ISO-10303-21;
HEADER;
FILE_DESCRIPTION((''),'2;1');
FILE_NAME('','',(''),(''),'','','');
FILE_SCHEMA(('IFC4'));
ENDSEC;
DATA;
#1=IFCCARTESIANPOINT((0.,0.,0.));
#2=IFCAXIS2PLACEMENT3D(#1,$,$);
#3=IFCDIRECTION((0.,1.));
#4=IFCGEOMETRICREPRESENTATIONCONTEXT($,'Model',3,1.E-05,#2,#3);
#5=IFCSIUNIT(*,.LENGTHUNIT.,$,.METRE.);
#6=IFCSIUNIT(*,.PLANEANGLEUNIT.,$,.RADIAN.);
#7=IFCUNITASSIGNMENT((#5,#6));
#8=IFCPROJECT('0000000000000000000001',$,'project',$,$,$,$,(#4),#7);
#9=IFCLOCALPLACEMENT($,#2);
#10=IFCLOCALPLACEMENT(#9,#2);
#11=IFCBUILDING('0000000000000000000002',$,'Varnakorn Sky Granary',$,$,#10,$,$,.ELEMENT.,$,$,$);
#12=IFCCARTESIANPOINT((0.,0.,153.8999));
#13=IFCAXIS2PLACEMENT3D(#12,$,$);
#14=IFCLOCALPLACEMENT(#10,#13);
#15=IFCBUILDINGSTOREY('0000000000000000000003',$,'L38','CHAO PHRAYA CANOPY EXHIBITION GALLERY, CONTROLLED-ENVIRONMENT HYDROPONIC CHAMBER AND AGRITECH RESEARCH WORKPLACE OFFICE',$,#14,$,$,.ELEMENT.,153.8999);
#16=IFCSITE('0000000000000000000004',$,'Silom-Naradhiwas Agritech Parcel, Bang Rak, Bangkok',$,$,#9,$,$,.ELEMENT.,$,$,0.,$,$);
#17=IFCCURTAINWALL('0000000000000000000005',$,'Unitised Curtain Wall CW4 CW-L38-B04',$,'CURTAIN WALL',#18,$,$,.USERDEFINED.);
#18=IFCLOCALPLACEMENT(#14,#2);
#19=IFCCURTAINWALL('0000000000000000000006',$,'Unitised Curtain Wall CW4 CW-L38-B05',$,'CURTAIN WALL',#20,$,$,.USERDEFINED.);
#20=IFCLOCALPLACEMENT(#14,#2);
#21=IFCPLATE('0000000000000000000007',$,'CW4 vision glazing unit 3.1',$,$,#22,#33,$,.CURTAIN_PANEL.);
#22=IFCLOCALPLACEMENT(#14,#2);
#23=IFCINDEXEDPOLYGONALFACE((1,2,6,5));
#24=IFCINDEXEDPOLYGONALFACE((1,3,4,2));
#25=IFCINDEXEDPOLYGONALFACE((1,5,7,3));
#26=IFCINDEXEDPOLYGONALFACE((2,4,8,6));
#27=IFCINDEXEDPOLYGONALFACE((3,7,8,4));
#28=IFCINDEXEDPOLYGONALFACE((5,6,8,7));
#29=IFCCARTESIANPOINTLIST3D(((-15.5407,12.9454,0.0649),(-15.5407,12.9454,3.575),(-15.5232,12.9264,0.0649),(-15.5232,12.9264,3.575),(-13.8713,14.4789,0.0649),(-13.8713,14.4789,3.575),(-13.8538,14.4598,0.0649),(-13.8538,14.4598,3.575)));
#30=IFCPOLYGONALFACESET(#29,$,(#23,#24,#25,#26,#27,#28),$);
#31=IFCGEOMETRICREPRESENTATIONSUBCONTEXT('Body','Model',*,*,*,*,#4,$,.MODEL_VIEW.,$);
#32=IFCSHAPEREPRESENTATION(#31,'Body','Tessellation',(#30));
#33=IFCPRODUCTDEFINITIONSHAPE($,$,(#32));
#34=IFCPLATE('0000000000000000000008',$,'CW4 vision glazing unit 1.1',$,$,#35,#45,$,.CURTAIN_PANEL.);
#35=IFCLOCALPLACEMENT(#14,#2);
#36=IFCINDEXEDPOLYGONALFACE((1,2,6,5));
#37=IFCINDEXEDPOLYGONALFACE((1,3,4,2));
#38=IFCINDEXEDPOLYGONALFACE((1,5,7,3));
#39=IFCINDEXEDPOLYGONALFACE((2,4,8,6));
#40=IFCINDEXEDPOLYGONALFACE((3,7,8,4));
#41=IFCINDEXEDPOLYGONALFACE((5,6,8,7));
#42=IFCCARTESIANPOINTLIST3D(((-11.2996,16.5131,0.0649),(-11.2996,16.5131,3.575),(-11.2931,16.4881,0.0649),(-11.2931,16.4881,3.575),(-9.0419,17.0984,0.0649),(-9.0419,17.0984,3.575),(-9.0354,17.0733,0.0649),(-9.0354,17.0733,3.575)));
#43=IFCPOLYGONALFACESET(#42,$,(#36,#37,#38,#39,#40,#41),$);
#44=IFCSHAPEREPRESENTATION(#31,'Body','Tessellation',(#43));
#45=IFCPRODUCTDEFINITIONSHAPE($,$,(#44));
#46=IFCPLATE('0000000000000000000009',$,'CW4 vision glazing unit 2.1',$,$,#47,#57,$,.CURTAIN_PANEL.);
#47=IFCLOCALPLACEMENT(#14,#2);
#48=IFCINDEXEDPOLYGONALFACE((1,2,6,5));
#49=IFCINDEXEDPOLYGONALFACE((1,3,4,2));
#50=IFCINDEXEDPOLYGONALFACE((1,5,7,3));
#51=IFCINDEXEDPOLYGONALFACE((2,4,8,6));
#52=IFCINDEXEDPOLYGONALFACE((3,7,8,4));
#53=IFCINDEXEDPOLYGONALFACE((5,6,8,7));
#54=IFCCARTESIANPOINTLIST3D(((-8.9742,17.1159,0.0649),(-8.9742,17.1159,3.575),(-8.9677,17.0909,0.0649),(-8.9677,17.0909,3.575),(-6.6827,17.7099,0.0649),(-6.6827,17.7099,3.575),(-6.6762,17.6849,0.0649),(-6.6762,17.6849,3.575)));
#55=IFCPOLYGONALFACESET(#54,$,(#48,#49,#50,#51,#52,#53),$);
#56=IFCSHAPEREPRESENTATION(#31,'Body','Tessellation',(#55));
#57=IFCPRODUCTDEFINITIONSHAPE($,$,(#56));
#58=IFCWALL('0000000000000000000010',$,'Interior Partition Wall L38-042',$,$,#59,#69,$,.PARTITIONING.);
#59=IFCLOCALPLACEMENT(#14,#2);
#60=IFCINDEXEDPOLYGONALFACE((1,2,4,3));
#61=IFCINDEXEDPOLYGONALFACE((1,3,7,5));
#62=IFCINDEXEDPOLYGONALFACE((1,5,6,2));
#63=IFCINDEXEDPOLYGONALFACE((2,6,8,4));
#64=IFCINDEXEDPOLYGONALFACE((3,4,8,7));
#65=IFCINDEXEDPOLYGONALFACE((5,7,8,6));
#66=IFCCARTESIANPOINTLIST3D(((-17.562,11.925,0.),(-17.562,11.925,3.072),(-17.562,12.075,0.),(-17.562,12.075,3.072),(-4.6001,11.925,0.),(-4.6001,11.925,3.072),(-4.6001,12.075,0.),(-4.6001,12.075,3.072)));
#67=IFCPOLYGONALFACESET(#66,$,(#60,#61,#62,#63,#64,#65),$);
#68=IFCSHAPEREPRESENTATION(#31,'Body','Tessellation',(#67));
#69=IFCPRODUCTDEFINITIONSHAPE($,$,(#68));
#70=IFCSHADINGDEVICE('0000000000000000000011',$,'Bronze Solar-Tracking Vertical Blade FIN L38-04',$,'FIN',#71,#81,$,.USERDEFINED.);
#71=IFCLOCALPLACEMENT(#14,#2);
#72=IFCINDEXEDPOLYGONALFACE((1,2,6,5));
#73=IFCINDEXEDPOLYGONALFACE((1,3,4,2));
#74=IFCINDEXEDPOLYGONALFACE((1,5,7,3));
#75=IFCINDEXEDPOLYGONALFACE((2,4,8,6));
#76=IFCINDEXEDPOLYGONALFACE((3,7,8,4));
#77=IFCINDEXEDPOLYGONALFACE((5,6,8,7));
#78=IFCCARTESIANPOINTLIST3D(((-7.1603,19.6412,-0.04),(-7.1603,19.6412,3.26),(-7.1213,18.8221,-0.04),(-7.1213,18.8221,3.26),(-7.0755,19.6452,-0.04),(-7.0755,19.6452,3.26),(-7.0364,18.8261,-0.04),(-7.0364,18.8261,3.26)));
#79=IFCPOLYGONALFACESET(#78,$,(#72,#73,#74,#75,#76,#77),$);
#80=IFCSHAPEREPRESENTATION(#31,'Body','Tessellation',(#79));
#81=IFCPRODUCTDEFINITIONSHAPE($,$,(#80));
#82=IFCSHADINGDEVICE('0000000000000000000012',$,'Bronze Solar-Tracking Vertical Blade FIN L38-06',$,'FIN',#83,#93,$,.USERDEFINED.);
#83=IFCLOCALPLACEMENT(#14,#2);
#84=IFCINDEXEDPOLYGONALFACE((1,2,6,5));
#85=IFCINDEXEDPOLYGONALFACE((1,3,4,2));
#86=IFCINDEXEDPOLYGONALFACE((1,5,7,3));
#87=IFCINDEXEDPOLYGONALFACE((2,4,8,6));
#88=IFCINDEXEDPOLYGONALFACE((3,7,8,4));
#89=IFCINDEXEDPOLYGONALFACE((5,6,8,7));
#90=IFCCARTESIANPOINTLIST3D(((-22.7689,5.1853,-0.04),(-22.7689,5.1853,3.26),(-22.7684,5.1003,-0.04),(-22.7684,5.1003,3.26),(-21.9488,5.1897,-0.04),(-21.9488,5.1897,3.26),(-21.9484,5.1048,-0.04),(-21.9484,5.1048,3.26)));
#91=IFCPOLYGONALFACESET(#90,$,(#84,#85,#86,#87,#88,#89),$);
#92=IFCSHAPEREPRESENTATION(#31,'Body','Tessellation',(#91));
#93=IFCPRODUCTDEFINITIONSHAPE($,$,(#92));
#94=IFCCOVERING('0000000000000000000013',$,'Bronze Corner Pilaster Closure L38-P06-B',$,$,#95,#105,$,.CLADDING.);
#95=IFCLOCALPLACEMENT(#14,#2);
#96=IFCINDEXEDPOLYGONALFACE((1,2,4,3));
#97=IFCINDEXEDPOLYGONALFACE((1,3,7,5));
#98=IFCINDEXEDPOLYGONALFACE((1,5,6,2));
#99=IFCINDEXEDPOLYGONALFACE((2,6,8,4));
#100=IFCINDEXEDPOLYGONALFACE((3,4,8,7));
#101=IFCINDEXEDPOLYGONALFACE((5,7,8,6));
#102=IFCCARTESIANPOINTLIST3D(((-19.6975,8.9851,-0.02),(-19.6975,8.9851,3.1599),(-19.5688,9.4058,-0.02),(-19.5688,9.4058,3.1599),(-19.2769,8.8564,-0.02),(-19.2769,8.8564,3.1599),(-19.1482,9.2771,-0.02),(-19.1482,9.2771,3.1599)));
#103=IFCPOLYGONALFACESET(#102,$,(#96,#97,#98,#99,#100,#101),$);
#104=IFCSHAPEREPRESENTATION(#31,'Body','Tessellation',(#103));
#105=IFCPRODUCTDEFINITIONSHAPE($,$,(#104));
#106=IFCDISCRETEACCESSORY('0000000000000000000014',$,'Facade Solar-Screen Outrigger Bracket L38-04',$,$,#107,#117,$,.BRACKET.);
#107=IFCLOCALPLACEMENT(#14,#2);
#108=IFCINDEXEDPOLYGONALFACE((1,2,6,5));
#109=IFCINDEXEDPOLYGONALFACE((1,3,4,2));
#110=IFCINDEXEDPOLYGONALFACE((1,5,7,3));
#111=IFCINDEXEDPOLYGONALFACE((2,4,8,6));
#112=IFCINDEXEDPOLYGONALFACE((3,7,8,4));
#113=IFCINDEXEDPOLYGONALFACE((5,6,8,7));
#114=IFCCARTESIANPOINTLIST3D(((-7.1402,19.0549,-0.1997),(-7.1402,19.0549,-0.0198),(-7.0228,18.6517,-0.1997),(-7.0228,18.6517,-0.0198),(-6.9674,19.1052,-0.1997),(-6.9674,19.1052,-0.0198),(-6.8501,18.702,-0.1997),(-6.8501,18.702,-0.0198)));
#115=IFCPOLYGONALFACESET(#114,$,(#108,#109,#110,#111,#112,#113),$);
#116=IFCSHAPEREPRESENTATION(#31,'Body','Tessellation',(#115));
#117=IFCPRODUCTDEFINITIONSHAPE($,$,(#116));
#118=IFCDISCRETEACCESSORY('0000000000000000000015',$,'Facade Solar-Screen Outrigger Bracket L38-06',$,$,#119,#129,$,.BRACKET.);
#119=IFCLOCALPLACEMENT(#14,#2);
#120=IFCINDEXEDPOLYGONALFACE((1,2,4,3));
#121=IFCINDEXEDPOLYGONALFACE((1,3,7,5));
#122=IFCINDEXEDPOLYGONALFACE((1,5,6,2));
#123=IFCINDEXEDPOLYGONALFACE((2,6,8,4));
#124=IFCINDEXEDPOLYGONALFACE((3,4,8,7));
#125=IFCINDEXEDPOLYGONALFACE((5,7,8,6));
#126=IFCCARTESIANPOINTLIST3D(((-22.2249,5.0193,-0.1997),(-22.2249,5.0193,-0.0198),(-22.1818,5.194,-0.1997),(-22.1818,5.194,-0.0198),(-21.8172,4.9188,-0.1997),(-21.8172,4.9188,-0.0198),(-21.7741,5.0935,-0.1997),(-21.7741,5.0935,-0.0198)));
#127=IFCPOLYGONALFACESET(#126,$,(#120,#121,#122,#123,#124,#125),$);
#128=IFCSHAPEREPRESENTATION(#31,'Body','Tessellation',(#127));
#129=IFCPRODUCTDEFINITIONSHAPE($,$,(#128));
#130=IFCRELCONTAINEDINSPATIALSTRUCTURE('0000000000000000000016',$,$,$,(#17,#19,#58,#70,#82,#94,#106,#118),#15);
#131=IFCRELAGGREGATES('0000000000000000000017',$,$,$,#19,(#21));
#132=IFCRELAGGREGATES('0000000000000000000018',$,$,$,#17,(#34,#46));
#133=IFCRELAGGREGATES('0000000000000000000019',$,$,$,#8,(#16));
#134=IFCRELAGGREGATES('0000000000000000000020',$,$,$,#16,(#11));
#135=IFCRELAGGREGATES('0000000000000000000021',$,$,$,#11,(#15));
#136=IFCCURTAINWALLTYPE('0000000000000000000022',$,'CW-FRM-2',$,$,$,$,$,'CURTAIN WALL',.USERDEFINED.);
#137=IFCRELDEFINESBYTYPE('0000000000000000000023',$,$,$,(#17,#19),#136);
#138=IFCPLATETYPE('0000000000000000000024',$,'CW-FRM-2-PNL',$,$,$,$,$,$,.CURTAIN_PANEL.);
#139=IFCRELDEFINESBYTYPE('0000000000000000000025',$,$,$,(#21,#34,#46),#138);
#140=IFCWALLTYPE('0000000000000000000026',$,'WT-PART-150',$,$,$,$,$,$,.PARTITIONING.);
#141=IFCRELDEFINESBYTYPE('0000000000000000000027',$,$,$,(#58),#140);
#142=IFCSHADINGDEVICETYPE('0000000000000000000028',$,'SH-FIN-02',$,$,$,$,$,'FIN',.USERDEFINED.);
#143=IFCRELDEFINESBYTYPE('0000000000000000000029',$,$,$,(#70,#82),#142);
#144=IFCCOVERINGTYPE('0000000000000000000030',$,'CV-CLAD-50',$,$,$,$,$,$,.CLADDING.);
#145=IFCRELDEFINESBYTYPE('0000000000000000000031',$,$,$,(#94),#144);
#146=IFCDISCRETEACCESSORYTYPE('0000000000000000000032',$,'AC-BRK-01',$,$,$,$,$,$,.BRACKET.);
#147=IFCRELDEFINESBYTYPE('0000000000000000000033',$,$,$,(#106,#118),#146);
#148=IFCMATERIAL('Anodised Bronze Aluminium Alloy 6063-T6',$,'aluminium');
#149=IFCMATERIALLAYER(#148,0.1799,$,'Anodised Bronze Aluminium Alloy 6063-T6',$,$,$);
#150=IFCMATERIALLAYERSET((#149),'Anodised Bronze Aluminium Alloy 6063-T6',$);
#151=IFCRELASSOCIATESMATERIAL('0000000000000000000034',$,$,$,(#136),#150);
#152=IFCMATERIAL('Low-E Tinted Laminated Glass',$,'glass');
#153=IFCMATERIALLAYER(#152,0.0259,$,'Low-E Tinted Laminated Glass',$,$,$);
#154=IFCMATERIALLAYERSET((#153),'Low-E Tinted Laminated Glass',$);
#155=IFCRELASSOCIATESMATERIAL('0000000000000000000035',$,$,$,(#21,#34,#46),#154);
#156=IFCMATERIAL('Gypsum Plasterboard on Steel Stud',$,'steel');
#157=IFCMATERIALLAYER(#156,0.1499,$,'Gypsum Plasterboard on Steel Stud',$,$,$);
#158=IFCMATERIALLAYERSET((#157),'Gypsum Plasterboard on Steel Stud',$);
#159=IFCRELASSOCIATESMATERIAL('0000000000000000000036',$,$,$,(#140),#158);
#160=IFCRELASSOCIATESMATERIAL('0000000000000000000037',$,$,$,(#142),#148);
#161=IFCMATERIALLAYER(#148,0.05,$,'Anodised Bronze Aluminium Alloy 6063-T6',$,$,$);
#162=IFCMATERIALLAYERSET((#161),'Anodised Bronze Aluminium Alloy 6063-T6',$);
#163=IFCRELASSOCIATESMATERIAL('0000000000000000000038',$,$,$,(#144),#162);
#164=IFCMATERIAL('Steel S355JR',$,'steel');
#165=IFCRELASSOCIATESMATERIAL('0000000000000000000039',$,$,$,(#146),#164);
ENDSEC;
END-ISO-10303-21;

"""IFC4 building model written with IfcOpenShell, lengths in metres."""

from ifc_helpers import new_model, si_unit, direction, frame, frame_2d, origin, origin_2d, place, context, subcontext, project, spatial, rectangle, extrude, source, transform, mapped, material, layer, layer_set, type_object, type_shapes, element, aggregate, save


model = new_model("IFC4")

# Units and contexts
model_context = context("Model", 3, precision=1e-05, world=origin(), true_north=direction((0.0, 1.0)))
body_context = subcontext(model_context, "Body", "Model", "MODEL_VIEW")
ifc_project = project(units=[si_unit("LENGTHUNIT", "METRE"), si_unit("PLANEANGLEUNIT", "RADIAN")], contexts=[model_context])

# Site, building, storey
site_placement = place(None, origin())
site = spatial("IfcSite", under=ifc_project, at=site_placement, Name="Silom-Naradhiwas Agritech Parcel, Bang Rak, Bangkok", CompositionType="ELEMENT", RefElevation=0.0)
building_placement = place(site_placement, origin())
building = spatial("IfcBuilding", under=site, at=building_placement, Name="Varnakorn Sky Granary", CompositionType="ELEMENT")
storey_placement = place(building_placement, frame((0.0, 0.0, 153.8999)))
storey = spatial("IfcBuildingStorey", under=building, at=storey_placement, Name="L38", Description="CHAO PHRAYA CANOPY EXHIBITION GALLERY, CONTROLLED-ENVIRONMENT HYDROPONIC CHAMBER AND AGRITECH RESEARCH WORKPLACE OFFICE", CompositionType="ELEMENT", Elevation=153.8999)

# Shared definitions
ifc_material_1 = material(Name="Steel S355JR", Category="steel")

# Curtain walls
ifc_material_2 = material(Name="Anodised Bronze Aluminium Alloy 6063-T6", Category="aluminium")
ifc_layer_1 = layer(ifc_material_2, 0.1799, Name="Anodised Bronze Aluminium Alloy 6063-T6")
ifc_layer_set_1 = layer_set([ifc_layer_1], Name="Anodised Bronze Aluminium Alloy 6063-T6")
curtain_wall_type = type_object("IfcCurtainWallType", Name="CW-FRM-2", ElementType="CURTAIN WALL", PredefinedType="USERDEFINED", material=ifc_layer_set_1)
curtain_wall_1_placement = place(storey_placement, origin())
curtain_wall_1 = element("IfcCurtainWall", 1, at=curtain_wall_1_placement, inside=storey, type_object=curtain_wall_type, Name="Unitised Curtain Wall CW4 CW-L38-B04", ObjectType="CURTAIN WALL", PredefinedType="USERDEFINED")
curtain_wall_2_placement = place(storey_placement, origin())
curtain_wall_2 = element("IfcCurtainWall", 2, at=curtain_wall_2_placement, inside=storey, type_object=curtain_wall_type, Name="Unitised Curtain Wall CW4 CW-L38-B05", ObjectType="CURTAIN WALL", PredefinedType="USERDEFINED")

# Plates
plate_type = type_object("IfcPlateType", Name="CW-FRM-2-PNL", PredefinedType="CURTAIN_PANEL")
ifc_material_3 = material(Name="Low-E Tinted Laminated Glass", Category="glass")
ifc_layer_2 = layer(ifc_material_3, 0.0259, Name="Low-E Tinted Laminated Glass")
ifc_layer_set_2 = layer_set([ifc_layer_2], Name="Low-E Tinted Laminated Glass")
shared_shape_1 = source(origin(), body_context, "Body", "SweptSolid", [
    extrude(rectangle(XDim=2.2668, YDim=0.0259, at=origin_2d()), origin(), (0.0, 0.0, 1.0), 3.51),
])
plate_1_placement = place(storey_placement, frame((-14.6973, 13.7026, 0.0649), z_axis=(0.0, 0.0, 1.0), x_axis=(0.736469, 0.676472, 0.0)))
plate_1 = element("IfcPlate", 3, at=plate_1_placement, type_object=plate_type, material=ifc_layer_set_2, Name="CW4 vision glazing unit 3.1", PredefinedType="CURTAIN_PANEL", context=body_context, shape_type="MappedRepresentation", body=[
    mapped(shared_shape_1, transform((0.0, 0.0, 0.0), x_axis=(1.0, 0.0, 0.0), y_axis=(0.0, 1.0, 0.0), z_axis=(0.0, 0.0, 1.0), scale=1.0)),
])
aggregate(curtain_wall_2, [plate_1])
shared_shape_2 = source(origin(), body_context, "Body", "SweptSolid", [
    extrude(rectangle(XDim=2.3323, YDim=0.0259, at=origin_2d()), origin(), (0.0, 0.0, 1.0), 3.51),
])
plate_2_placement = place(storey_placement, frame((-10.1675, 16.7932, 0.0649), z_axis=(0.0, 0.0, 1.0), x_axis=(0.968004, 0.250935, 0.0)))
plate_2 = element("IfcPlate", 4, at=plate_2_placement, type_object=plate_type, material=ifc_layer_set_2, Name="CW4 vision glazing unit 1.1", PredefinedType="CURTAIN_PANEL", context=body_context, shape_type="MappedRepresentation", body=[
    mapped(shared_shape_2, transform((0.0, 0.0, 0.0), x_axis=(1.0, 0.0, 0.0), y_axis=(0.0, 1.0, 0.0), z_axis=(0.0, 0.0, 1.0), scale=1.0)),
])
shared_shape_3 = source(origin(), body_context, "Body", "SweptSolid", [
    extrude(rectangle(XDim=2.3672, YDim=0.0259, at=origin_2d()), origin(), (0.0, 0.0, 1.0), 3.51),
])
plate_3_placement = place(storey_placement, frame((-7.8252, 17.4004, 0.0649), z_axis=(0.0, 0.0, 1.0), x_axis=(0.968004, 0.250935, 0.0)))
plate_3 = element("IfcPlate", 5, at=plate_3_placement, type_object=plate_type, material=ifc_layer_set_2, Name="CW4 vision glazing unit 2.1", PredefinedType="CURTAIN_PANEL", context=body_context, shape_type="MappedRepresentation", body=[
    mapped(shared_shape_3, transform((0.0, 0.0, 0.0), x_axis=(1.0, 0.0, 0.0), y_axis=(0.0, 1.0, 0.0), z_axis=(0.0, 0.0, 1.0), scale=1.0)),
])
aggregate(curtain_wall_1, [plate_2, plate_3])

# Wall
ifc_material_4 = material(Name="Gypsum Plasterboard on Steel Stud", Category="steel")
ifc_layer_3 = layer(ifc_material_4, 0.1499, Name="Gypsum Plasterboard on Steel Stud")
ifc_layer_set_3 = layer_set([ifc_layer_3], Name="Gypsum Plasterboard on Steel Stud")
wall_type = type_object("IfcWallType", Name="WT-PART-150", PredefinedType="PARTITIONING", material=ifc_layer_set_3)
wall_placement = place(storey_placement, frame((-17.562, 12.0, 0.0), z_axis=(0.0, 0.0, 1.0), x_axis=(1.0, 0.0, 0.0)))
element("IfcWall", 6, at=wall_placement, inside=storey, type_object=wall_type, Name="Interior Partition Wall L38-042", PredefinedType="PARTITIONING", context=body_context, shape_type="SweptSolid", body=[
    extrude(rectangle(XDim=12.9619, YDim=0.1499, at=frame_2d((6.481, 0.0))), origin(), (0.0, 0.0, 1.0), 3.072),
])

# Shading devices
shading_device_type = type_object("IfcShadingDeviceType", Name="SH-FIN-02", ElementType="FIN", PredefinedType="USERDEFINED", material=ifc_material_2)
shared_shape_4 = source(origin(), body_context, "Body", "SweptSolid", [
    extrude(rectangle(XDim=0.085, YDim=0.8201, at=origin_2d()), origin(), (0.0, 0.0, 1.0), 3.3),
])
type_shapes(shading_device_type, [shared_shape_4])
for number, where, z_axis, x_axis, name in (
    (7, (-7.0984, 19.2336, -0.04), (0.0, 0.0, 1.0), (-0.998866, -0.04761, 0.0), "Bronze Solar-Tracking Vertical Blade FIN L38-04"),
    (8, (-22.3586, 5.145, -0.04), (0.0, 0.0, 1.0), (0.005393, -0.999985, 0.0), "Bronze Solar-Tracking Vertical Blade FIN L38-06"),
):
    element("IfcShadingDevice", number, at=place(storey_placement, frame(where, z_axis=z_axis, x_axis=x_axis)), inside=storey, type_object=shading_device_type, Name=name, ObjectType="FIN", PredefinedType="USERDEFINED", context=body_context, shape_type="MappedRepresentation", body=[
        mapped(shared_shape_4, transform((0.0, 0.0, 0.0), x_axis=(1.0, 0.0, 0.0), y_axis=(0.0, 1.0, 0.0), z_axis=(0.0, 0.0, 1.0), scale=1.0)),
    ])

# Covering
ifc_layer_4 = layer(ifc_material_2, 0.05, Name="Anodised Bronze Aluminium Alloy 6063-T6")
ifc_layer_set_4 = layer_set([ifc_layer_4], Name="Anodised Bronze Aluminium Alloy 6063-T6")
covering_type = type_object("IfcCoveringType", Name="CV-CLAD-50", PredefinedType="CLADDING", material=ifc_layer_set_4)
shared_shape_5 = source(origin(), body_context, "Body", "SweptSolid", [
    extrude(rectangle(XDim=0.4399, YDim=0.4399, at=origin_2d()), origin(), (0.0, 0.0, 1.0), 3.1799),
])
type_shapes(covering_type, [shared_shape_5])
covering_placement = place(storey_placement, frame((-19.4229, 9.1311, -0.02), z_axis=(0.0, 0.0, 1.0), x_axis=(0.292539, 0.956254, 0.0)))
element("IfcCovering", 9, at=covering_placement, inside=storey, type_object=covering_type, Name="Bronze Corner Pilaster Closure L38-P06-B", PredefinedType="CLADDING", context=body_context, shape_type="MappedRepresentation", body=[
    mapped(shared_shape_5, transform((0.0, 0.0, 0.0), x_axis=(1.0, 0.0, 0.0), y_axis=(0.0, 1.0, 0.0), z_axis=(0.0, 0.0, 1.0), scale=1.0)),
])

# Discrete accessories
discrete_accessory_type = type_object("IfcDiscreteAccessoryType", Name="AC-BRK-01", PredefinedType="BRACKET", material=ifc_material_1)
shared_shape_6 = source(origin(), body_context, "Body", "SweptSolid", [
    extrude(rectangle(XDim=0.1799, YDim=0.4199, at=origin_2d()), origin(), (0.0, 0.0, 1.0), 0.1799),
])
type_shapes(discrete_accessory_type, [shared_shape_6])
for number, where, z_axis, x_axis, name in (
    (10, (-6.9951, 18.8784, -0.1997), (0.0, 0.0, 1.0), (-0.960151, -0.279483, 0.0), "Facade Solar-Screen Outrigger Bracket L38-04"),
    (11, (-21.9995, 5.0564, -0.1997), (0.0, 0.0, 1.0), (-0.239479, -0.970901, 0.0), "Facade Solar-Screen Outrigger Bracket L38-06"),
):
    element("IfcDiscreteAccessory", number, at=place(storey_placement, frame(where, z_axis=z_axis, x_axis=x_axis)), inside=storey, type_object=discrete_accessory_type, Name=name, PredefinedType="BRACKET", context=body_context, shape_type="MappedRepresentation", body=[
        mapped(shared_shape_6, transform((0.0, 0.0, 0.0), x_axis=(1.0, 0.0, 0.0), y_axis=(0.0, 1.0, 0.0), z_axis=(0.0, 0.0, 1.0), scale=1.0)),
    ])

save(model, "model.ifc")
